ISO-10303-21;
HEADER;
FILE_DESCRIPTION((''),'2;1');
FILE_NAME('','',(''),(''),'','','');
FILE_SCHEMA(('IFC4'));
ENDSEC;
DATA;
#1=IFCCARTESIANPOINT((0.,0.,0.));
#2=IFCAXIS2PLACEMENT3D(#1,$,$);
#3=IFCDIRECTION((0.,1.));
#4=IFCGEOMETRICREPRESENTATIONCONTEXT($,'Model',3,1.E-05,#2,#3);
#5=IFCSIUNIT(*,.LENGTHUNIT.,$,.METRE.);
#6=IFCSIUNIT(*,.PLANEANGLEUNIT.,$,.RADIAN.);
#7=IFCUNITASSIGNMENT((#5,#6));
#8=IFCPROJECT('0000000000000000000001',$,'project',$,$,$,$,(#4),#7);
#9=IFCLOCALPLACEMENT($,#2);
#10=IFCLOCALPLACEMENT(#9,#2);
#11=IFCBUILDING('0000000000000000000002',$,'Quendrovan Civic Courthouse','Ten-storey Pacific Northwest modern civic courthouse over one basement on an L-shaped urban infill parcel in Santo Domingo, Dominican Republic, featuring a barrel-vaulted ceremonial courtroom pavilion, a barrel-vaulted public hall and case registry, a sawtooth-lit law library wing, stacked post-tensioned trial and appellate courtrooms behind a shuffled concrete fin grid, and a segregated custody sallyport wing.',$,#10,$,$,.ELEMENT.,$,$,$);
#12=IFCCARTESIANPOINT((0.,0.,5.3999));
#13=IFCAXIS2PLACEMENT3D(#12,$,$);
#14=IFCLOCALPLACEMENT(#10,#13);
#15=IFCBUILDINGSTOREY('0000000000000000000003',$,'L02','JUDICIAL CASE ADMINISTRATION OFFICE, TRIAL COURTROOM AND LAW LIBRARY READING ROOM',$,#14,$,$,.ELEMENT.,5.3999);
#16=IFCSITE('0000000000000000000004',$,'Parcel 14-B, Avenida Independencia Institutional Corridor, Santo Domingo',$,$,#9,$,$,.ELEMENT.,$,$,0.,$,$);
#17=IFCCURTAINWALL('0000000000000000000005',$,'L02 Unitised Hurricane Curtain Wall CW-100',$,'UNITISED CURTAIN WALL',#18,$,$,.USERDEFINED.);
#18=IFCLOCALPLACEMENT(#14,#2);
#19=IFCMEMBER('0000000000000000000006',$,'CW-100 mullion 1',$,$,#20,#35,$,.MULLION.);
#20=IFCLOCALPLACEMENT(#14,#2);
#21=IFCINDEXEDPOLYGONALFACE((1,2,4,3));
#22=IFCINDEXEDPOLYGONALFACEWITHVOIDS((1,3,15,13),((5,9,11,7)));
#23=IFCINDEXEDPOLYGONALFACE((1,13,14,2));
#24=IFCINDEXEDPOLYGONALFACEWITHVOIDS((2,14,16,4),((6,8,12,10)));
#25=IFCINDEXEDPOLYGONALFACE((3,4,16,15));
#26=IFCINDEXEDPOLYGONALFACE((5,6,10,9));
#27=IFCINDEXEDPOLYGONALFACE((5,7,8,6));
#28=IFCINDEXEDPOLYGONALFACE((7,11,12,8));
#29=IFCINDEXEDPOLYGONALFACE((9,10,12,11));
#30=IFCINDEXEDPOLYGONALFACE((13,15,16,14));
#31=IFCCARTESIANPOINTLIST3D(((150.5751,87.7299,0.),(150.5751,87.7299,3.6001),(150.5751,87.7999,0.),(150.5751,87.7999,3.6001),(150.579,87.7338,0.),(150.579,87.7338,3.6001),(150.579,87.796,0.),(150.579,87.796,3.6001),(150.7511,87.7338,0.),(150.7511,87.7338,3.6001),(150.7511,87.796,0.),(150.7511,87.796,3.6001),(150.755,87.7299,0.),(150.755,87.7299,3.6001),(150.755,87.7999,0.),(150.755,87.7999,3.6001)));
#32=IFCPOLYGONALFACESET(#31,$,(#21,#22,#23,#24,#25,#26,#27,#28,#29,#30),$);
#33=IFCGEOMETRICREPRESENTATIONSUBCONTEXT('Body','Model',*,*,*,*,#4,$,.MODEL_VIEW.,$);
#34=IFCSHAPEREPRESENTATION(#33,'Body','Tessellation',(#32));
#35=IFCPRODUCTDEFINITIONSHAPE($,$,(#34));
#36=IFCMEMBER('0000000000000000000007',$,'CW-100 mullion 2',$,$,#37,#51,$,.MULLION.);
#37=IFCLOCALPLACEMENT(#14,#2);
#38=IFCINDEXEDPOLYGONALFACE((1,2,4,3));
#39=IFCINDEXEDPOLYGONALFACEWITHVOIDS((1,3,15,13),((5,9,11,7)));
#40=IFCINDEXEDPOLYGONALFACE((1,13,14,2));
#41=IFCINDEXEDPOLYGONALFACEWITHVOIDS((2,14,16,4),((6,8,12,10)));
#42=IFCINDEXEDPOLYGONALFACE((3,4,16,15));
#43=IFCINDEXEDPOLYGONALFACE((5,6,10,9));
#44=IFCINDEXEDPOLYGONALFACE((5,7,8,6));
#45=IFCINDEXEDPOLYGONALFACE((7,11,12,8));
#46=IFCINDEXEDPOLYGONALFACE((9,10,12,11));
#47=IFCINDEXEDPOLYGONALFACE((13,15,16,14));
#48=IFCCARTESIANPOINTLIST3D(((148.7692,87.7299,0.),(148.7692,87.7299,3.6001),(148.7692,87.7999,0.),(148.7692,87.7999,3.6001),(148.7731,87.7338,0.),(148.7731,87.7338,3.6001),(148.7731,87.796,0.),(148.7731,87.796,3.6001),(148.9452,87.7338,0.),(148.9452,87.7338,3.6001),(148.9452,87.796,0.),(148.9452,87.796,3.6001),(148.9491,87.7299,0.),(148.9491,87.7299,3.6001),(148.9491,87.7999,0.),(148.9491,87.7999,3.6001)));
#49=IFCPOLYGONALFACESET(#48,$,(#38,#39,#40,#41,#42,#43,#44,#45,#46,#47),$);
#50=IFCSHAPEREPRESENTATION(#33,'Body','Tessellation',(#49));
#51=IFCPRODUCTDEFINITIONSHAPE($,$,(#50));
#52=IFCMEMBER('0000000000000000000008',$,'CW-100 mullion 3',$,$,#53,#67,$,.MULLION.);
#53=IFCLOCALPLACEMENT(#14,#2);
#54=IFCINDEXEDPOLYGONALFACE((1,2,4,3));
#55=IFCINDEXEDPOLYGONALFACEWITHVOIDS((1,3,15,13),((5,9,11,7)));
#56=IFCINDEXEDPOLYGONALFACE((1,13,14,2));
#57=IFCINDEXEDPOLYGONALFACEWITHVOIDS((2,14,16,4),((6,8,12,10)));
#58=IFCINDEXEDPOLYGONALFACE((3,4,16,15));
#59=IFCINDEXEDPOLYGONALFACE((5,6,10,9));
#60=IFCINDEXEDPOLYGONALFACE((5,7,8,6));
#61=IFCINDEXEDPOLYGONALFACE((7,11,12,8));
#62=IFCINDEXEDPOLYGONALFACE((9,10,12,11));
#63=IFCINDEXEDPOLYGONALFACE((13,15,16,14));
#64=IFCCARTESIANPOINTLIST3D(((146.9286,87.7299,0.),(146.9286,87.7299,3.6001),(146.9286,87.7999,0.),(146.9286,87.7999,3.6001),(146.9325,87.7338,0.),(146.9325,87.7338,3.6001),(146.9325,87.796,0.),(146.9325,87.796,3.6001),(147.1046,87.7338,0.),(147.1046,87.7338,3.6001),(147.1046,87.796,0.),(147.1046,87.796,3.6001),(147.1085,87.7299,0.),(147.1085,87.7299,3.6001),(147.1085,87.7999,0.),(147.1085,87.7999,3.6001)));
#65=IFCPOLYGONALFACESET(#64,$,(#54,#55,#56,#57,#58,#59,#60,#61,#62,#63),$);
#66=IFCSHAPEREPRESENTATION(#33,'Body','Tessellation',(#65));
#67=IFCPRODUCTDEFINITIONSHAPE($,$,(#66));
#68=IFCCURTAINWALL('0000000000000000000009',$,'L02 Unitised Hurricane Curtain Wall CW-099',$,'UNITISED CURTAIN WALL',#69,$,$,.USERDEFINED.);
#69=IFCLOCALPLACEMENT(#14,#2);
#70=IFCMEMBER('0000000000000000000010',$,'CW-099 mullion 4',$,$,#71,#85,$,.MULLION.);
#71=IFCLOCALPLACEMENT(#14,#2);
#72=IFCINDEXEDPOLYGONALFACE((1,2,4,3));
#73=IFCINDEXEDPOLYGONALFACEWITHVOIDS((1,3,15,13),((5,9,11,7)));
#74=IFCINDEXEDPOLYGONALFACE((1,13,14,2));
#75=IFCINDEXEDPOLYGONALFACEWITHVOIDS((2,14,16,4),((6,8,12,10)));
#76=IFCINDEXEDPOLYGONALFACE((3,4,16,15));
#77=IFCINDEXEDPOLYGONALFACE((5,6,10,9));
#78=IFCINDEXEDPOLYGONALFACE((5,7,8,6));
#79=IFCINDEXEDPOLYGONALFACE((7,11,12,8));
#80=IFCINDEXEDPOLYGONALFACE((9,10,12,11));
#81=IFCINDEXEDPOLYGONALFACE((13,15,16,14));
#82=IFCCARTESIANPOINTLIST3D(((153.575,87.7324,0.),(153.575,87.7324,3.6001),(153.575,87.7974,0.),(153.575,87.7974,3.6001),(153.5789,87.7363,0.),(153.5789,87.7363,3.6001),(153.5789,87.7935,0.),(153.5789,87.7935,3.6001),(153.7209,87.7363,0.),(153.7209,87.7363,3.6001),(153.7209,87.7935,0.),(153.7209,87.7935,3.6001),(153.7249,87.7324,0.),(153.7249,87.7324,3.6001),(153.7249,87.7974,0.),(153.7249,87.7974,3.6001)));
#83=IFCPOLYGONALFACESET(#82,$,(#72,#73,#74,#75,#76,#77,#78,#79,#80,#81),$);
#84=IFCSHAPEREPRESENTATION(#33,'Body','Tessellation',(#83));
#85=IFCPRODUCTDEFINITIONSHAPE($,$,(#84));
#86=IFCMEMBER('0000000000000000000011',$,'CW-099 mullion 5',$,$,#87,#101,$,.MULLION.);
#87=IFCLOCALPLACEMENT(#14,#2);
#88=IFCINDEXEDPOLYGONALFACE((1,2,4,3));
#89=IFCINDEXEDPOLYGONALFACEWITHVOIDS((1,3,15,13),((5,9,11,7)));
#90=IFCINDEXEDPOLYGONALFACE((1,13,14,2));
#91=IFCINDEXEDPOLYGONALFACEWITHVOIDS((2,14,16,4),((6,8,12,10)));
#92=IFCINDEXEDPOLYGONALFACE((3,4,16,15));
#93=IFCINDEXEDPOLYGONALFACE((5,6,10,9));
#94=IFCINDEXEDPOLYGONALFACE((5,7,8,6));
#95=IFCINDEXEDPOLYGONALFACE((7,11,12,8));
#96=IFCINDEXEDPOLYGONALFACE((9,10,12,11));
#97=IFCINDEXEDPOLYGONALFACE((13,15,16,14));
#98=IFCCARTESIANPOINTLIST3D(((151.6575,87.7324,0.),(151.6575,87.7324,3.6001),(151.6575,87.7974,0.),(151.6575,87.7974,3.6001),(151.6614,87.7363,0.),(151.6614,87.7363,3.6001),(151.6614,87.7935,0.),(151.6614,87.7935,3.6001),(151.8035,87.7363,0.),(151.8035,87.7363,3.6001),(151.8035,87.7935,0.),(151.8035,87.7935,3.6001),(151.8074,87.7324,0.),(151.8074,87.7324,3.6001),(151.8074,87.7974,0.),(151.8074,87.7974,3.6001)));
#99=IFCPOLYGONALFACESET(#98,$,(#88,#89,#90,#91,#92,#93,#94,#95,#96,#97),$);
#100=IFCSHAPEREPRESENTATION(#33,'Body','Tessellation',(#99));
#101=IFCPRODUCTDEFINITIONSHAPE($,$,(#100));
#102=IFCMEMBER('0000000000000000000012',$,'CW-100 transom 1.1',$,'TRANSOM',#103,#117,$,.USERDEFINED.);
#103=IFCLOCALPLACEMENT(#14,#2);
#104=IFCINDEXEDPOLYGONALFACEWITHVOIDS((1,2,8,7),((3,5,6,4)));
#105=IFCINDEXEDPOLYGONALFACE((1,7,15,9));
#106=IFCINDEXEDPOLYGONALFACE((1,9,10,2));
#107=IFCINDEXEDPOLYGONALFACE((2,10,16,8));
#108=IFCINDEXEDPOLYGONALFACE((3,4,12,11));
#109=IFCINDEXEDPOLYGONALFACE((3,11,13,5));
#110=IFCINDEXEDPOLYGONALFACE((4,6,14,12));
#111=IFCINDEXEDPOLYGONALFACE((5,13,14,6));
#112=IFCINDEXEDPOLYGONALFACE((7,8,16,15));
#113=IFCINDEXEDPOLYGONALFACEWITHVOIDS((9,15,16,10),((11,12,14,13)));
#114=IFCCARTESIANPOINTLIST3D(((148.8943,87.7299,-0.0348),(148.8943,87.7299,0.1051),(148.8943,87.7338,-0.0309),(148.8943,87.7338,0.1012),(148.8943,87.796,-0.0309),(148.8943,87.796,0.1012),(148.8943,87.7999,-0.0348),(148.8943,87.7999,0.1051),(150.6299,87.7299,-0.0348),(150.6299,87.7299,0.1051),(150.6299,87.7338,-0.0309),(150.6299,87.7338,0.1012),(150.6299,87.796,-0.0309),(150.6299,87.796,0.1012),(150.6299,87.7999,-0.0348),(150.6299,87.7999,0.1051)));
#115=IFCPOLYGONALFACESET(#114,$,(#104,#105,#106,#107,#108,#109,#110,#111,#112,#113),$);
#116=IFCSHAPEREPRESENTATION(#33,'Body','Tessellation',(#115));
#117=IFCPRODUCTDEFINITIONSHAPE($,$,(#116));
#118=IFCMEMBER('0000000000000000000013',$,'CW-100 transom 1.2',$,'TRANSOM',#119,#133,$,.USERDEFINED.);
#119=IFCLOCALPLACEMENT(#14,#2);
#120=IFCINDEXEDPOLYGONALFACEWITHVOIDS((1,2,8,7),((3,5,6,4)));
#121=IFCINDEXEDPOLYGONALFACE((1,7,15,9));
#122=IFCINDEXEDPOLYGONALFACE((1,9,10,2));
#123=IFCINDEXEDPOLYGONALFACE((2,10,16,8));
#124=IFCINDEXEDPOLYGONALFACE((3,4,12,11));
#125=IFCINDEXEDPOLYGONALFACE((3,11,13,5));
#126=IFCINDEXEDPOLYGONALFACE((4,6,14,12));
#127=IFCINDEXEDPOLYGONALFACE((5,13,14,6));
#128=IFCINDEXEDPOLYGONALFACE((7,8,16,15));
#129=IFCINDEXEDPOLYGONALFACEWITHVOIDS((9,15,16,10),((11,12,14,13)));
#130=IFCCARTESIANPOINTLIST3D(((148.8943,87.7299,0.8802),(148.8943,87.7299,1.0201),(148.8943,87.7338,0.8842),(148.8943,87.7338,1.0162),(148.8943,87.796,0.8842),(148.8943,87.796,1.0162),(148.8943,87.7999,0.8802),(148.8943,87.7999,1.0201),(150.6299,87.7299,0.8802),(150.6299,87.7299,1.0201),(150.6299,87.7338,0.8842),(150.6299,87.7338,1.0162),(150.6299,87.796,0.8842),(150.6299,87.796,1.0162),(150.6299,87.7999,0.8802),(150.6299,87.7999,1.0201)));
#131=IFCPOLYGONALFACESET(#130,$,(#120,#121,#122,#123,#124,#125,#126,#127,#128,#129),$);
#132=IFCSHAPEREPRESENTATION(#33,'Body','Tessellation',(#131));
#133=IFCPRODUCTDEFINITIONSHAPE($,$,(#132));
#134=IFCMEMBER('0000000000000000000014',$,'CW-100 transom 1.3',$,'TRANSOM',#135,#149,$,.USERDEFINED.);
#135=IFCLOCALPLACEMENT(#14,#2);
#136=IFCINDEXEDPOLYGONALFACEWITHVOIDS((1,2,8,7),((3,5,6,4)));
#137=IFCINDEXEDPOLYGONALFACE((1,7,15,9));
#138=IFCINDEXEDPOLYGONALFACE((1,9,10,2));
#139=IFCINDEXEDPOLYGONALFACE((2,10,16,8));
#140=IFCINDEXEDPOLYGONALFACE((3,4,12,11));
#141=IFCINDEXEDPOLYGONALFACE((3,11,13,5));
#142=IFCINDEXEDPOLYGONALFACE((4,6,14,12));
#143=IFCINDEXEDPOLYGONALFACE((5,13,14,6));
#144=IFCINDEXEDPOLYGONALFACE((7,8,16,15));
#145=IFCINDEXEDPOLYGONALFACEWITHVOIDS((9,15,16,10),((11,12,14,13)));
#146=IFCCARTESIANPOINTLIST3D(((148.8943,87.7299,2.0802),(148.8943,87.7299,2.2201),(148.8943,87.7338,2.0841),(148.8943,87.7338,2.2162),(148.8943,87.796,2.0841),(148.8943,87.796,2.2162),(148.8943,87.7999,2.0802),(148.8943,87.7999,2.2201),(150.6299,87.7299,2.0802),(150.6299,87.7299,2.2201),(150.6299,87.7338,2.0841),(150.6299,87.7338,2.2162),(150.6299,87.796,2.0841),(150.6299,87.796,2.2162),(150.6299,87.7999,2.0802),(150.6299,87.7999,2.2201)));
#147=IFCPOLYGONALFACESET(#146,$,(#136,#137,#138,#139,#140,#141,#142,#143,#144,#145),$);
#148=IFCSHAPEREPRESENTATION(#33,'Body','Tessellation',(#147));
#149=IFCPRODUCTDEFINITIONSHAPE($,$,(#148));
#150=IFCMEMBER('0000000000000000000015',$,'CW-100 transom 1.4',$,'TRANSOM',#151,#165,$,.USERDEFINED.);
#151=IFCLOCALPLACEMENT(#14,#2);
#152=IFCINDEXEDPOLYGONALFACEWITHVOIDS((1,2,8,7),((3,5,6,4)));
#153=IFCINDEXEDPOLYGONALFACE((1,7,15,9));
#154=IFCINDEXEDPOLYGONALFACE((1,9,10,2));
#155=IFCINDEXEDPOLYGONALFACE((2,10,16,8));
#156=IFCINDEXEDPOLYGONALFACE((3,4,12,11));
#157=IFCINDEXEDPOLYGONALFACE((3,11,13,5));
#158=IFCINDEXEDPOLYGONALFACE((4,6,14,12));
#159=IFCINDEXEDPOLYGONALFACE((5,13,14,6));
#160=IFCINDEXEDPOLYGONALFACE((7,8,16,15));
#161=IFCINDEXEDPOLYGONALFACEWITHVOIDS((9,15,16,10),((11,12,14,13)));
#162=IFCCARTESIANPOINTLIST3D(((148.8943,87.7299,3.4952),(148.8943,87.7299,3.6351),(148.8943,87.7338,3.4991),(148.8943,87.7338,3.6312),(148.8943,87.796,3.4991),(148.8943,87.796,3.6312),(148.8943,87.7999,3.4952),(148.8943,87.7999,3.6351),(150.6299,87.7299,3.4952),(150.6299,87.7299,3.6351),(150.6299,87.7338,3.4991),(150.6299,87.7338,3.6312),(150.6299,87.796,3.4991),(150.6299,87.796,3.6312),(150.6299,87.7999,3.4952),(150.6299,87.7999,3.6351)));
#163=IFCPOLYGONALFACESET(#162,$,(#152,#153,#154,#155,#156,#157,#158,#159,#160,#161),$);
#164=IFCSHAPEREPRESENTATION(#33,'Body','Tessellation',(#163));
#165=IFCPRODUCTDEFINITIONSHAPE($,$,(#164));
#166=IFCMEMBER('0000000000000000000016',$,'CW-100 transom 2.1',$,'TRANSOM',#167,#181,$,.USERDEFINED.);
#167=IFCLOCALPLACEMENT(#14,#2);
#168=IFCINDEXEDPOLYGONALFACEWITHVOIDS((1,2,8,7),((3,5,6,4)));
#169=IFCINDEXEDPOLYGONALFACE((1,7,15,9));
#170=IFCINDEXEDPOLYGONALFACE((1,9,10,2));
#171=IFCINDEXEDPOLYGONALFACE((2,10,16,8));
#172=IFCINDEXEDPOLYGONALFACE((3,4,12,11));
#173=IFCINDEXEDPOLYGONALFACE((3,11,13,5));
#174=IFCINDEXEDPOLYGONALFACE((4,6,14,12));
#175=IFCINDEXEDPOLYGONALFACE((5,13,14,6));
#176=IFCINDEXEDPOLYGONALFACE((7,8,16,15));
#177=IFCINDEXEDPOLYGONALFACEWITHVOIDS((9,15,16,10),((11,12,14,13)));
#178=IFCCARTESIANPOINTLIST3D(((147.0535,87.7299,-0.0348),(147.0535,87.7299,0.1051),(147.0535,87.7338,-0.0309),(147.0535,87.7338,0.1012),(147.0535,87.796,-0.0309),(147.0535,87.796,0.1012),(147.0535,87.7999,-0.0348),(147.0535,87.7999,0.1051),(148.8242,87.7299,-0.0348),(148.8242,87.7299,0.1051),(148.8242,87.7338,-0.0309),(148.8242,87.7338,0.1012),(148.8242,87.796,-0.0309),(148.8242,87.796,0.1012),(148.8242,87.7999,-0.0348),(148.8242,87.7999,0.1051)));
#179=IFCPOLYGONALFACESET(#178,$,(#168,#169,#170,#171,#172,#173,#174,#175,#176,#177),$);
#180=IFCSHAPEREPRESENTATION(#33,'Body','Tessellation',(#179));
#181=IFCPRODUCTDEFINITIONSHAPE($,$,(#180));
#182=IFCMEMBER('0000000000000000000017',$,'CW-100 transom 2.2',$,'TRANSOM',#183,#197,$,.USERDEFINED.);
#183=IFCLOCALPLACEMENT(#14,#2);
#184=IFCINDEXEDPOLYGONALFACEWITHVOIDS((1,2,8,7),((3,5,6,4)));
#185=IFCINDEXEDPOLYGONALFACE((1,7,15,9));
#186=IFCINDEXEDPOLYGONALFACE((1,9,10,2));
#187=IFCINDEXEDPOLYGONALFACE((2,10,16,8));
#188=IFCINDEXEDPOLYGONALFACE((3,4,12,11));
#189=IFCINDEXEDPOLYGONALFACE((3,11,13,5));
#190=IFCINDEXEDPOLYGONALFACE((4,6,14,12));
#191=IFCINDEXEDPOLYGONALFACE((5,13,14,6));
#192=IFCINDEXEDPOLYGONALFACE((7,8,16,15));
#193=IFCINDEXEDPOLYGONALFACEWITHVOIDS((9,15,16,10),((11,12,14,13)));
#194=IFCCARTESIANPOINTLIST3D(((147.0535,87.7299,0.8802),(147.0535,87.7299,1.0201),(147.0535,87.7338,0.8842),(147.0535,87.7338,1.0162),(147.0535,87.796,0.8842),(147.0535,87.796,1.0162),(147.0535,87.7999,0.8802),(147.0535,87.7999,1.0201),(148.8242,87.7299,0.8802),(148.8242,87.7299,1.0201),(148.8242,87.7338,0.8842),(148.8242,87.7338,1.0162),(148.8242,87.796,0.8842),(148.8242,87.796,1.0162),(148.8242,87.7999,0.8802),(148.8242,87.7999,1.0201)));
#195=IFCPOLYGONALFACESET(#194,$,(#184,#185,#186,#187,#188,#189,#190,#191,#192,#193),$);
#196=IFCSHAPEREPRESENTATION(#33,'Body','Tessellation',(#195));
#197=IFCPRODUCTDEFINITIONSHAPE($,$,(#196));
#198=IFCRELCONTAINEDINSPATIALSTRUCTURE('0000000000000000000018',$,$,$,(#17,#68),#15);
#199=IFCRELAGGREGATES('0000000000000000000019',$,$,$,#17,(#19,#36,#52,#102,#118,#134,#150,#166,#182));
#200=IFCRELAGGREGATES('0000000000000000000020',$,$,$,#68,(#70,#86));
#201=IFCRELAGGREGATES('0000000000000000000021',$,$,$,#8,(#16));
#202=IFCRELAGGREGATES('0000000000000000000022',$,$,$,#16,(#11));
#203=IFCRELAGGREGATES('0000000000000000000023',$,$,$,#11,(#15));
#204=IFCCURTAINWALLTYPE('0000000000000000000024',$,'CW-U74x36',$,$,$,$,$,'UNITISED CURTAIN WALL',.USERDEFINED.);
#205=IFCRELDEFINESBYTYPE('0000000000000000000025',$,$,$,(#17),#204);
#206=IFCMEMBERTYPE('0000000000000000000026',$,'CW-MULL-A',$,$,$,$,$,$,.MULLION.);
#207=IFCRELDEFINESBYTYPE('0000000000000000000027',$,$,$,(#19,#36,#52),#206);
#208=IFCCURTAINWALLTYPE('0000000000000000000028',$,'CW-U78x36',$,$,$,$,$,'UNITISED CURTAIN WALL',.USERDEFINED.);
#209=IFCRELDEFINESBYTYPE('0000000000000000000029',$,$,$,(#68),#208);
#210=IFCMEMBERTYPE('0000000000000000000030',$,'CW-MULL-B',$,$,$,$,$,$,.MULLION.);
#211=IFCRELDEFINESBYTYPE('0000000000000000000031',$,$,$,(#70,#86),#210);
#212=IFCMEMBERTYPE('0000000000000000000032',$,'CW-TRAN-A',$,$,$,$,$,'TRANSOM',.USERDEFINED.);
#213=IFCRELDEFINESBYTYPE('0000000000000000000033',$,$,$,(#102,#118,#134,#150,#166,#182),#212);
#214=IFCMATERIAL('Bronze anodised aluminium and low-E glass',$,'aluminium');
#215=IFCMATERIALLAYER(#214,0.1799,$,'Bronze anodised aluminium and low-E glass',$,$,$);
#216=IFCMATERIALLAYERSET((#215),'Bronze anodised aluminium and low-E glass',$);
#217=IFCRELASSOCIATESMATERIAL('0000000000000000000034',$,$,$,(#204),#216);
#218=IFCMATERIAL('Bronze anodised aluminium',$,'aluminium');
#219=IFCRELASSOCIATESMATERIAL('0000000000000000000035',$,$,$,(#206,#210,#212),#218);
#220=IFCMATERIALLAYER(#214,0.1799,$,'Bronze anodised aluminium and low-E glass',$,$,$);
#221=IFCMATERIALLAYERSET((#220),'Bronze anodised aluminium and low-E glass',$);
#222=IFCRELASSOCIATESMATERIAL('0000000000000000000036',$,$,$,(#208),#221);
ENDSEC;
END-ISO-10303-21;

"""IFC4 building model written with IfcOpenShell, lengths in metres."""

from ifc_helpers import new_model, si_unit, direction, frame, origin, origin_2d, place, context, subcontext, project, spatial, hollow_rectangle, extrude, material, layer, layer_set, material_profile, profile_set, type_object, element, aggregate, save


model = new_model("IFC4")

# Units and contexts
model_context = context("Model", 3, precision=1e-05, world=origin(), true_north=direction((0.0, 1.0)))
body_context = subcontext(model_context, "Body", "Model", "MODEL_VIEW")
ifc_project = project(units=[si_unit("LENGTHUNIT", "METRE"), si_unit("PLANEANGLEUNIT", "RADIAN")], contexts=[model_context])

# Site, building, storey
site_placement = place(None, origin())
site = spatial("IfcSite", under=ifc_project, at=site_placement, Name="Parcel 14-B, Avenida Independencia Institutional Corridor, Santo Domingo", CompositionType="ELEMENT", RefElevation=0.0)
building_placement = place(site_placement, origin())
building = spatial("IfcBuilding", under=site, at=building_placement, Name="Quendrovan Civic Courthouse", Description="Ten-storey Pacific Northwest modern civic courthouse over one basement on an L-shaped urban infill parcel in Santo Domingo, Dominican Republic, featuring a barrel-vaulted ceremonial courtroom pavilion, a barrel-vaulted public hall and case registry, a sawtooth-lit law library wing, stacked post-tensioned trial and appellate courtrooms behind a shuffled concrete fin grid, and a segregated custody sallyport wing.", CompositionType="ELEMENT")
storey_placement = place(building_placement, frame((0.0, 0.0, 5.3999)))
storey = spatial("IfcBuildingStorey", under=building, at=storey_placement, Name="L02", Description="JUDICIAL CASE ADMINISTRATION OFFICE, TRIAL COURTROOM AND LAW LIBRARY READING ROOM", CompositionType="ELEMENT", Elevation=5.3999)

# Curtain walls, members
ifc_material_1 = material(Name="Bronze anodised aluminium and low-E glass", Category="aluminium")
ifc_layer_1 = layer(ifc_material_1, 0.1799, Name="Bronze anodised aluminium and low-E glass")
ifc_layer_set_1 = layer_set([ifc_layer_1], Name="Bronze anodised aluminium and low-E glass")
curtain_wall_type_1 = type_object("IfcCurtainWallType", Name="CW-U74x36", ElementType="UNITISED CURTAIN WALL", PredefinedType="USERDEFINED", material=ifc_layer_set_1)
curtain_wall_1_placement = place(storey_placement, origin())
curtain_wall_1 = element("IfcCurtainWall", 1, at=curtain_wall_1_placement, inside=storey, type_object=curtain_wall_type_1, Name="L02 Unitised Hurricane Curtain Wall CW-100", ObjectType="UNITISED CURTAIN WALL", PredefinedType="USERDEFINED")
ifc_material_2 = material(Name="Bronze anodised aluminium", Category="aluminium")
ifc_material_profile_1 = material_profile(ifc_material_2, hollow_rectangle(XDim=0.0701, YDim=0.1799, WallThickness=0.0039, at=origin_2d()), Name="CW-MULL-70x180")
ifc_profile_set_1 = profile_set([ifc_material_profile_1], Name="Bronze anodised aluminium")
member_type_1 = type_object("IfcMemberType", Name="CW-MULL-A", PredefinedType="MULLION", material=ifc_profile_set_1)
member_1_placement = place(storey_placement, frame((150.665, 87.7649, 0.0), z_axis=(0.0, 0.0, 1.0), x_axis=(0.0, -1.0, 0.0)))
member_1 = element("IfcMember", 2, at=member_1_placement, type_object=member_type_1, Name="CW-100 mullion 1", PredefinedType="MULLION", context=body_context, shape_type="SweptSolid", body=[
    extrude(hollow_rectangle(XDim=0.0701, YDim=0.1799, WallThickness=0.0039, at=origin_2d()), origin(), (0.0, 0.0, 1.0), 3.6001),
])
member_2_placement = place(storey_placement, frame((148.8591, 87.7649, 0.0), z_axis=(0.0, 0.0, 1.0), x_axis=(0.0, -1.0, 0.0)))
member_2 = element("IfcMember", 3, at=member_2_placement, type_object=member_type_1, Name="CW-100 mullion 2", PredefinedType="MULLION", context=body_context, shape_type="SweptSolid", body=[
    extrude(hollow_rectangle(XDim=0.0701, YDim=0.1799, WallThickness=0.0039, at=origin_2d()), origin(), (0.0, 0.0, 1.0), 3.6001),
])
member_3_placement = place(storey_placement, frame((147.0186, 87.7649, 0.0), z_axis=(0.0, 0.0, 1.0), x_axis=(0.0, -1.0, 0.0)))
member_3 = element("IfcMember", 4, at=member_3_placement, type_object=member_type_1, Name="CW-100 mullion 3", PredefinedType="MULLION", context=body_context, shape_type="SweptSolid", body=[
    extrude(hollow_rectangle(XDim=0.0701, YDim=0.1799, WallThickness=0.0039, at=origin_2d()), origin(), (0.0, 0.0, 1.0), 3.6001),
])
ifc_layer_2 = layer(ifc_material_1, 0.1799, Name="Bronze anodised aluminium and low-E glass")
ifc_layer_set_2 = layer_set([ifc_layer_2], Name="Bronze anodised aluminium and low-E glass")
curtain_wall_type_2 = type_object("IfcCurtainWallType", Name="CW-U78x36", ElementType="UNITISED CURTAIN WALL", PredefinedType="USERDEFINED", material=ifc_layer_set_2)
curtain_wall_2_placement = place(storey_placement, origin())
curtain_wall_2 = element("IfcCurtainWall", 5, at=curtain_wall_2_placement, inside=storey, type_object=curtain_wall_type_2, Name="L02 Unitised Hurricane Curtain Wall CW-099", ObjectType="UNITISED CURTAIN WALL", PredefinedType="USERDEFINED")
ifc_material_profile_2 = material_profile(ifc_material_2, hollow_rectangle(XDim=0.0649, YDim=0.1499, WallThickness=0.0039, at=origin_2d()), Name="CW-MULL-65x150")
ifc_profile_set_2 = profile_set([ifc_material_profile_2], Name="Bronze anodised aluminium")
member_type_2 = type_object("IfcMemberType", Name="CW-MULL-B", PredefinedType="MULLION", material=ifc_profile_set_2)
member_4_placement = place(storey_placement, frame((153.6499, 87.7649, 0.0), z_axis=(0.0, 0.0, 1.0), x_axis=(0.0, -1.0, 0.0)))
member_4 = element("IfcMember", 6, at=member_4_placement, type_object=member_type_2, Name="CW-099 mullion 4", PredefinedType="MULLION", context=body_context, shape_type="SweptSolid", body=[
    extrude(hollow_rectangle(XDim=0.0649, YDim=0.1499, WallThickness=0.0039, at=origin_2d()), origin(), (0.0, 0.0, 1.0), 3.6001),
])
member_5_placement = place(storey_placement, frame((151.7324, 87.7649, 0.0), z_axis=(0.0, 0.0, 1.0), x_axis=(0.0, -1.0, 0.0)))
member_5 = element("IfcMember", 7, at=member_5_placement, type_object=member_type_2, Name="CW-099 mullion 5", PredefinedType="MULLION", context=body_context, shape_type="SweptSolid", body=[
    extrude(hollow_rectangle(XDim=0.0649, YDim=0.1499, WallThickness=0.0039, at=origin_2d()), origin(), (0.0, 0.0, 1.0), 3.6001),
])

# Members
ifc_material_profile_3 = material_profile(ifc_material_2, hollow_rectangle(XDim=0.0701, YDim=0.1399, WallThickness=0.0039, at=origin_2d()), Name="CW-TRAN-70x140")
ifc_profile_set_3 = profile_set([ifc_material_profile_3], Name="Bronze anodised aluminium")
member_type_3 = type_object("IfcMemberType", Name="CW-TRAN-A", ElementType="TRANSOM", PredefinedType="USERDEFINED", material=ifc_profile_set_3)
member_6_placement = place(storey_placement, frame((150.6299, 87.7649, 0.0352), z_axis=(-1.0, 0.0, 0.0), x_axis=(0.0, -1.0, 0.0)))
member_6 = element("IfcMember", 8, at=member_6_placement, type_object=member_type_3, Name="CW-100 transom 1.1", ObjectType="TRANSOM", PredefinedType="USERDEFINED", context=body_context, shape_type="SweptSolid", body=[
    extrude(hollow_rectangle(XDim=0.0701, YDim=0.1399, WallThickness=0.0039, at=origin_2d()), origin(), (0.0, 0.0, 1.0), 1.7356),
])
member_7_placement = place(storey_placement, frame((150.6299, 87.7649, 0.9502), z_axis=(-1.0, 0.0, 0.0), x_axis=(0.0, -1.0, 0.0)))
member_7 = element("IfcMember", 9, at=member_7_placement, type_object=member_type_3, Name="CW-100 transom 1.2", ObjectType="TRANSOM", PredefinedType="USERDEFINED", context=body_context, shape_type="SweptSolid", body=[
    extrude(hollow_rectangle(XDim=0.0701, YDim=0.1399, WallThickness=0.0039, at=origin_2d()), origin(), (0.0, 0.0, 1.0), 1.7356),
])
member_8_placement = place(storey_placement, frame((150.6299, 87.7649, 2.1501), z_axis=(-1.0, 0.0, 0.0), x_axis=(0.0, -1.0, 0.0)))
member_8 = element("IfcMember", 10, at=member_8_placement, type_object=member_type_3, Name="CW-100 transom 1.3", ObjectType="TRANSOM", PredefinedType="USERDEFINED", context=body_context, shape_type="SweptSolid", body=[
    extrude(hollow_rectangle(XDim=0.0701, YDim=0.1399, WallThickness=0.0039, at=origin_2d()), origin(), (0.0, 0.0, 1.0), 1.7356),
])
member_9_placement = place(storey_placement, frame((150.6299, 87.7649, 3.5652), z_axis=(-1.0, 0.0, 0.0), x_axis=(0.0, -1.0, 0.0)))
member_9 = element("IfcMember", 11, at=member_9_placement, type_object=member_type_3, Name="CW-100 transom 1.4", ObjectType="TRANSOM", PredefinedType="USERDEFINED", context=body_context, shape_type="SweptSolid", body=[
    extrude(hollow_rectangle(XDim=0.0701, YDim=0.1399, WallThickness=0.0039, at=origin_2d()), origin(), (0.0, 0.0, 1.0), 1.7356),
])
member_10_placement = place(storey_placement, frame((148.8242, 87.7649, 0.0352), z_axis=(-1.0, 0.0, 0.0), x_axis=(0.0, -1.0, 0.0)))
member_10 = element("IfcMember", 12, at=member_10_placement, type_object=member_type_3, Name="CW-100 transom 2.1", ObjectType="TRANSOM", PredefinedType="USERDEFINED", context=body_context, shape_type="SweptSolid", body=[
    extrude(hollow_rectangle(XDim=0.0701, YDim=0.1399, WallThickness=0.0039, at=origin_2d()), origin(), (0.0, 0.0, 1.0), 1.7708),
])
member_11_placement = place(storey_placement, frame((148.8242, 87.7649, 0.9502), z_axis=(-1.0, 0.0, 0.0), x_axis=(0.0, -1.0, 0.0)))
member_11 = element("IfcMember", 13, at=member_11_placement, type_object=member_type_3, Name="CW-100 transom 2.2", ObjectType="TRANSOM", PredefinedType="USERDEFINED", context=body_context, shape_type="SweptSolid", body=[
    extrude(hollow_rectangle(XDim=0.0701, YDim=0.1399, WallThickness=0.0039, at=origin_2d()), origin(), (0.0, 0.0, 1.0), 1.7708),
])

aggregate(curtain_wall_1, [member_1, member_2, member_3, member_6, member_7, member_8, member_9, member_10, member_11])
aggregate(curtain_wall_2, [member_4, member_5])

save(model, "model.ifc")
